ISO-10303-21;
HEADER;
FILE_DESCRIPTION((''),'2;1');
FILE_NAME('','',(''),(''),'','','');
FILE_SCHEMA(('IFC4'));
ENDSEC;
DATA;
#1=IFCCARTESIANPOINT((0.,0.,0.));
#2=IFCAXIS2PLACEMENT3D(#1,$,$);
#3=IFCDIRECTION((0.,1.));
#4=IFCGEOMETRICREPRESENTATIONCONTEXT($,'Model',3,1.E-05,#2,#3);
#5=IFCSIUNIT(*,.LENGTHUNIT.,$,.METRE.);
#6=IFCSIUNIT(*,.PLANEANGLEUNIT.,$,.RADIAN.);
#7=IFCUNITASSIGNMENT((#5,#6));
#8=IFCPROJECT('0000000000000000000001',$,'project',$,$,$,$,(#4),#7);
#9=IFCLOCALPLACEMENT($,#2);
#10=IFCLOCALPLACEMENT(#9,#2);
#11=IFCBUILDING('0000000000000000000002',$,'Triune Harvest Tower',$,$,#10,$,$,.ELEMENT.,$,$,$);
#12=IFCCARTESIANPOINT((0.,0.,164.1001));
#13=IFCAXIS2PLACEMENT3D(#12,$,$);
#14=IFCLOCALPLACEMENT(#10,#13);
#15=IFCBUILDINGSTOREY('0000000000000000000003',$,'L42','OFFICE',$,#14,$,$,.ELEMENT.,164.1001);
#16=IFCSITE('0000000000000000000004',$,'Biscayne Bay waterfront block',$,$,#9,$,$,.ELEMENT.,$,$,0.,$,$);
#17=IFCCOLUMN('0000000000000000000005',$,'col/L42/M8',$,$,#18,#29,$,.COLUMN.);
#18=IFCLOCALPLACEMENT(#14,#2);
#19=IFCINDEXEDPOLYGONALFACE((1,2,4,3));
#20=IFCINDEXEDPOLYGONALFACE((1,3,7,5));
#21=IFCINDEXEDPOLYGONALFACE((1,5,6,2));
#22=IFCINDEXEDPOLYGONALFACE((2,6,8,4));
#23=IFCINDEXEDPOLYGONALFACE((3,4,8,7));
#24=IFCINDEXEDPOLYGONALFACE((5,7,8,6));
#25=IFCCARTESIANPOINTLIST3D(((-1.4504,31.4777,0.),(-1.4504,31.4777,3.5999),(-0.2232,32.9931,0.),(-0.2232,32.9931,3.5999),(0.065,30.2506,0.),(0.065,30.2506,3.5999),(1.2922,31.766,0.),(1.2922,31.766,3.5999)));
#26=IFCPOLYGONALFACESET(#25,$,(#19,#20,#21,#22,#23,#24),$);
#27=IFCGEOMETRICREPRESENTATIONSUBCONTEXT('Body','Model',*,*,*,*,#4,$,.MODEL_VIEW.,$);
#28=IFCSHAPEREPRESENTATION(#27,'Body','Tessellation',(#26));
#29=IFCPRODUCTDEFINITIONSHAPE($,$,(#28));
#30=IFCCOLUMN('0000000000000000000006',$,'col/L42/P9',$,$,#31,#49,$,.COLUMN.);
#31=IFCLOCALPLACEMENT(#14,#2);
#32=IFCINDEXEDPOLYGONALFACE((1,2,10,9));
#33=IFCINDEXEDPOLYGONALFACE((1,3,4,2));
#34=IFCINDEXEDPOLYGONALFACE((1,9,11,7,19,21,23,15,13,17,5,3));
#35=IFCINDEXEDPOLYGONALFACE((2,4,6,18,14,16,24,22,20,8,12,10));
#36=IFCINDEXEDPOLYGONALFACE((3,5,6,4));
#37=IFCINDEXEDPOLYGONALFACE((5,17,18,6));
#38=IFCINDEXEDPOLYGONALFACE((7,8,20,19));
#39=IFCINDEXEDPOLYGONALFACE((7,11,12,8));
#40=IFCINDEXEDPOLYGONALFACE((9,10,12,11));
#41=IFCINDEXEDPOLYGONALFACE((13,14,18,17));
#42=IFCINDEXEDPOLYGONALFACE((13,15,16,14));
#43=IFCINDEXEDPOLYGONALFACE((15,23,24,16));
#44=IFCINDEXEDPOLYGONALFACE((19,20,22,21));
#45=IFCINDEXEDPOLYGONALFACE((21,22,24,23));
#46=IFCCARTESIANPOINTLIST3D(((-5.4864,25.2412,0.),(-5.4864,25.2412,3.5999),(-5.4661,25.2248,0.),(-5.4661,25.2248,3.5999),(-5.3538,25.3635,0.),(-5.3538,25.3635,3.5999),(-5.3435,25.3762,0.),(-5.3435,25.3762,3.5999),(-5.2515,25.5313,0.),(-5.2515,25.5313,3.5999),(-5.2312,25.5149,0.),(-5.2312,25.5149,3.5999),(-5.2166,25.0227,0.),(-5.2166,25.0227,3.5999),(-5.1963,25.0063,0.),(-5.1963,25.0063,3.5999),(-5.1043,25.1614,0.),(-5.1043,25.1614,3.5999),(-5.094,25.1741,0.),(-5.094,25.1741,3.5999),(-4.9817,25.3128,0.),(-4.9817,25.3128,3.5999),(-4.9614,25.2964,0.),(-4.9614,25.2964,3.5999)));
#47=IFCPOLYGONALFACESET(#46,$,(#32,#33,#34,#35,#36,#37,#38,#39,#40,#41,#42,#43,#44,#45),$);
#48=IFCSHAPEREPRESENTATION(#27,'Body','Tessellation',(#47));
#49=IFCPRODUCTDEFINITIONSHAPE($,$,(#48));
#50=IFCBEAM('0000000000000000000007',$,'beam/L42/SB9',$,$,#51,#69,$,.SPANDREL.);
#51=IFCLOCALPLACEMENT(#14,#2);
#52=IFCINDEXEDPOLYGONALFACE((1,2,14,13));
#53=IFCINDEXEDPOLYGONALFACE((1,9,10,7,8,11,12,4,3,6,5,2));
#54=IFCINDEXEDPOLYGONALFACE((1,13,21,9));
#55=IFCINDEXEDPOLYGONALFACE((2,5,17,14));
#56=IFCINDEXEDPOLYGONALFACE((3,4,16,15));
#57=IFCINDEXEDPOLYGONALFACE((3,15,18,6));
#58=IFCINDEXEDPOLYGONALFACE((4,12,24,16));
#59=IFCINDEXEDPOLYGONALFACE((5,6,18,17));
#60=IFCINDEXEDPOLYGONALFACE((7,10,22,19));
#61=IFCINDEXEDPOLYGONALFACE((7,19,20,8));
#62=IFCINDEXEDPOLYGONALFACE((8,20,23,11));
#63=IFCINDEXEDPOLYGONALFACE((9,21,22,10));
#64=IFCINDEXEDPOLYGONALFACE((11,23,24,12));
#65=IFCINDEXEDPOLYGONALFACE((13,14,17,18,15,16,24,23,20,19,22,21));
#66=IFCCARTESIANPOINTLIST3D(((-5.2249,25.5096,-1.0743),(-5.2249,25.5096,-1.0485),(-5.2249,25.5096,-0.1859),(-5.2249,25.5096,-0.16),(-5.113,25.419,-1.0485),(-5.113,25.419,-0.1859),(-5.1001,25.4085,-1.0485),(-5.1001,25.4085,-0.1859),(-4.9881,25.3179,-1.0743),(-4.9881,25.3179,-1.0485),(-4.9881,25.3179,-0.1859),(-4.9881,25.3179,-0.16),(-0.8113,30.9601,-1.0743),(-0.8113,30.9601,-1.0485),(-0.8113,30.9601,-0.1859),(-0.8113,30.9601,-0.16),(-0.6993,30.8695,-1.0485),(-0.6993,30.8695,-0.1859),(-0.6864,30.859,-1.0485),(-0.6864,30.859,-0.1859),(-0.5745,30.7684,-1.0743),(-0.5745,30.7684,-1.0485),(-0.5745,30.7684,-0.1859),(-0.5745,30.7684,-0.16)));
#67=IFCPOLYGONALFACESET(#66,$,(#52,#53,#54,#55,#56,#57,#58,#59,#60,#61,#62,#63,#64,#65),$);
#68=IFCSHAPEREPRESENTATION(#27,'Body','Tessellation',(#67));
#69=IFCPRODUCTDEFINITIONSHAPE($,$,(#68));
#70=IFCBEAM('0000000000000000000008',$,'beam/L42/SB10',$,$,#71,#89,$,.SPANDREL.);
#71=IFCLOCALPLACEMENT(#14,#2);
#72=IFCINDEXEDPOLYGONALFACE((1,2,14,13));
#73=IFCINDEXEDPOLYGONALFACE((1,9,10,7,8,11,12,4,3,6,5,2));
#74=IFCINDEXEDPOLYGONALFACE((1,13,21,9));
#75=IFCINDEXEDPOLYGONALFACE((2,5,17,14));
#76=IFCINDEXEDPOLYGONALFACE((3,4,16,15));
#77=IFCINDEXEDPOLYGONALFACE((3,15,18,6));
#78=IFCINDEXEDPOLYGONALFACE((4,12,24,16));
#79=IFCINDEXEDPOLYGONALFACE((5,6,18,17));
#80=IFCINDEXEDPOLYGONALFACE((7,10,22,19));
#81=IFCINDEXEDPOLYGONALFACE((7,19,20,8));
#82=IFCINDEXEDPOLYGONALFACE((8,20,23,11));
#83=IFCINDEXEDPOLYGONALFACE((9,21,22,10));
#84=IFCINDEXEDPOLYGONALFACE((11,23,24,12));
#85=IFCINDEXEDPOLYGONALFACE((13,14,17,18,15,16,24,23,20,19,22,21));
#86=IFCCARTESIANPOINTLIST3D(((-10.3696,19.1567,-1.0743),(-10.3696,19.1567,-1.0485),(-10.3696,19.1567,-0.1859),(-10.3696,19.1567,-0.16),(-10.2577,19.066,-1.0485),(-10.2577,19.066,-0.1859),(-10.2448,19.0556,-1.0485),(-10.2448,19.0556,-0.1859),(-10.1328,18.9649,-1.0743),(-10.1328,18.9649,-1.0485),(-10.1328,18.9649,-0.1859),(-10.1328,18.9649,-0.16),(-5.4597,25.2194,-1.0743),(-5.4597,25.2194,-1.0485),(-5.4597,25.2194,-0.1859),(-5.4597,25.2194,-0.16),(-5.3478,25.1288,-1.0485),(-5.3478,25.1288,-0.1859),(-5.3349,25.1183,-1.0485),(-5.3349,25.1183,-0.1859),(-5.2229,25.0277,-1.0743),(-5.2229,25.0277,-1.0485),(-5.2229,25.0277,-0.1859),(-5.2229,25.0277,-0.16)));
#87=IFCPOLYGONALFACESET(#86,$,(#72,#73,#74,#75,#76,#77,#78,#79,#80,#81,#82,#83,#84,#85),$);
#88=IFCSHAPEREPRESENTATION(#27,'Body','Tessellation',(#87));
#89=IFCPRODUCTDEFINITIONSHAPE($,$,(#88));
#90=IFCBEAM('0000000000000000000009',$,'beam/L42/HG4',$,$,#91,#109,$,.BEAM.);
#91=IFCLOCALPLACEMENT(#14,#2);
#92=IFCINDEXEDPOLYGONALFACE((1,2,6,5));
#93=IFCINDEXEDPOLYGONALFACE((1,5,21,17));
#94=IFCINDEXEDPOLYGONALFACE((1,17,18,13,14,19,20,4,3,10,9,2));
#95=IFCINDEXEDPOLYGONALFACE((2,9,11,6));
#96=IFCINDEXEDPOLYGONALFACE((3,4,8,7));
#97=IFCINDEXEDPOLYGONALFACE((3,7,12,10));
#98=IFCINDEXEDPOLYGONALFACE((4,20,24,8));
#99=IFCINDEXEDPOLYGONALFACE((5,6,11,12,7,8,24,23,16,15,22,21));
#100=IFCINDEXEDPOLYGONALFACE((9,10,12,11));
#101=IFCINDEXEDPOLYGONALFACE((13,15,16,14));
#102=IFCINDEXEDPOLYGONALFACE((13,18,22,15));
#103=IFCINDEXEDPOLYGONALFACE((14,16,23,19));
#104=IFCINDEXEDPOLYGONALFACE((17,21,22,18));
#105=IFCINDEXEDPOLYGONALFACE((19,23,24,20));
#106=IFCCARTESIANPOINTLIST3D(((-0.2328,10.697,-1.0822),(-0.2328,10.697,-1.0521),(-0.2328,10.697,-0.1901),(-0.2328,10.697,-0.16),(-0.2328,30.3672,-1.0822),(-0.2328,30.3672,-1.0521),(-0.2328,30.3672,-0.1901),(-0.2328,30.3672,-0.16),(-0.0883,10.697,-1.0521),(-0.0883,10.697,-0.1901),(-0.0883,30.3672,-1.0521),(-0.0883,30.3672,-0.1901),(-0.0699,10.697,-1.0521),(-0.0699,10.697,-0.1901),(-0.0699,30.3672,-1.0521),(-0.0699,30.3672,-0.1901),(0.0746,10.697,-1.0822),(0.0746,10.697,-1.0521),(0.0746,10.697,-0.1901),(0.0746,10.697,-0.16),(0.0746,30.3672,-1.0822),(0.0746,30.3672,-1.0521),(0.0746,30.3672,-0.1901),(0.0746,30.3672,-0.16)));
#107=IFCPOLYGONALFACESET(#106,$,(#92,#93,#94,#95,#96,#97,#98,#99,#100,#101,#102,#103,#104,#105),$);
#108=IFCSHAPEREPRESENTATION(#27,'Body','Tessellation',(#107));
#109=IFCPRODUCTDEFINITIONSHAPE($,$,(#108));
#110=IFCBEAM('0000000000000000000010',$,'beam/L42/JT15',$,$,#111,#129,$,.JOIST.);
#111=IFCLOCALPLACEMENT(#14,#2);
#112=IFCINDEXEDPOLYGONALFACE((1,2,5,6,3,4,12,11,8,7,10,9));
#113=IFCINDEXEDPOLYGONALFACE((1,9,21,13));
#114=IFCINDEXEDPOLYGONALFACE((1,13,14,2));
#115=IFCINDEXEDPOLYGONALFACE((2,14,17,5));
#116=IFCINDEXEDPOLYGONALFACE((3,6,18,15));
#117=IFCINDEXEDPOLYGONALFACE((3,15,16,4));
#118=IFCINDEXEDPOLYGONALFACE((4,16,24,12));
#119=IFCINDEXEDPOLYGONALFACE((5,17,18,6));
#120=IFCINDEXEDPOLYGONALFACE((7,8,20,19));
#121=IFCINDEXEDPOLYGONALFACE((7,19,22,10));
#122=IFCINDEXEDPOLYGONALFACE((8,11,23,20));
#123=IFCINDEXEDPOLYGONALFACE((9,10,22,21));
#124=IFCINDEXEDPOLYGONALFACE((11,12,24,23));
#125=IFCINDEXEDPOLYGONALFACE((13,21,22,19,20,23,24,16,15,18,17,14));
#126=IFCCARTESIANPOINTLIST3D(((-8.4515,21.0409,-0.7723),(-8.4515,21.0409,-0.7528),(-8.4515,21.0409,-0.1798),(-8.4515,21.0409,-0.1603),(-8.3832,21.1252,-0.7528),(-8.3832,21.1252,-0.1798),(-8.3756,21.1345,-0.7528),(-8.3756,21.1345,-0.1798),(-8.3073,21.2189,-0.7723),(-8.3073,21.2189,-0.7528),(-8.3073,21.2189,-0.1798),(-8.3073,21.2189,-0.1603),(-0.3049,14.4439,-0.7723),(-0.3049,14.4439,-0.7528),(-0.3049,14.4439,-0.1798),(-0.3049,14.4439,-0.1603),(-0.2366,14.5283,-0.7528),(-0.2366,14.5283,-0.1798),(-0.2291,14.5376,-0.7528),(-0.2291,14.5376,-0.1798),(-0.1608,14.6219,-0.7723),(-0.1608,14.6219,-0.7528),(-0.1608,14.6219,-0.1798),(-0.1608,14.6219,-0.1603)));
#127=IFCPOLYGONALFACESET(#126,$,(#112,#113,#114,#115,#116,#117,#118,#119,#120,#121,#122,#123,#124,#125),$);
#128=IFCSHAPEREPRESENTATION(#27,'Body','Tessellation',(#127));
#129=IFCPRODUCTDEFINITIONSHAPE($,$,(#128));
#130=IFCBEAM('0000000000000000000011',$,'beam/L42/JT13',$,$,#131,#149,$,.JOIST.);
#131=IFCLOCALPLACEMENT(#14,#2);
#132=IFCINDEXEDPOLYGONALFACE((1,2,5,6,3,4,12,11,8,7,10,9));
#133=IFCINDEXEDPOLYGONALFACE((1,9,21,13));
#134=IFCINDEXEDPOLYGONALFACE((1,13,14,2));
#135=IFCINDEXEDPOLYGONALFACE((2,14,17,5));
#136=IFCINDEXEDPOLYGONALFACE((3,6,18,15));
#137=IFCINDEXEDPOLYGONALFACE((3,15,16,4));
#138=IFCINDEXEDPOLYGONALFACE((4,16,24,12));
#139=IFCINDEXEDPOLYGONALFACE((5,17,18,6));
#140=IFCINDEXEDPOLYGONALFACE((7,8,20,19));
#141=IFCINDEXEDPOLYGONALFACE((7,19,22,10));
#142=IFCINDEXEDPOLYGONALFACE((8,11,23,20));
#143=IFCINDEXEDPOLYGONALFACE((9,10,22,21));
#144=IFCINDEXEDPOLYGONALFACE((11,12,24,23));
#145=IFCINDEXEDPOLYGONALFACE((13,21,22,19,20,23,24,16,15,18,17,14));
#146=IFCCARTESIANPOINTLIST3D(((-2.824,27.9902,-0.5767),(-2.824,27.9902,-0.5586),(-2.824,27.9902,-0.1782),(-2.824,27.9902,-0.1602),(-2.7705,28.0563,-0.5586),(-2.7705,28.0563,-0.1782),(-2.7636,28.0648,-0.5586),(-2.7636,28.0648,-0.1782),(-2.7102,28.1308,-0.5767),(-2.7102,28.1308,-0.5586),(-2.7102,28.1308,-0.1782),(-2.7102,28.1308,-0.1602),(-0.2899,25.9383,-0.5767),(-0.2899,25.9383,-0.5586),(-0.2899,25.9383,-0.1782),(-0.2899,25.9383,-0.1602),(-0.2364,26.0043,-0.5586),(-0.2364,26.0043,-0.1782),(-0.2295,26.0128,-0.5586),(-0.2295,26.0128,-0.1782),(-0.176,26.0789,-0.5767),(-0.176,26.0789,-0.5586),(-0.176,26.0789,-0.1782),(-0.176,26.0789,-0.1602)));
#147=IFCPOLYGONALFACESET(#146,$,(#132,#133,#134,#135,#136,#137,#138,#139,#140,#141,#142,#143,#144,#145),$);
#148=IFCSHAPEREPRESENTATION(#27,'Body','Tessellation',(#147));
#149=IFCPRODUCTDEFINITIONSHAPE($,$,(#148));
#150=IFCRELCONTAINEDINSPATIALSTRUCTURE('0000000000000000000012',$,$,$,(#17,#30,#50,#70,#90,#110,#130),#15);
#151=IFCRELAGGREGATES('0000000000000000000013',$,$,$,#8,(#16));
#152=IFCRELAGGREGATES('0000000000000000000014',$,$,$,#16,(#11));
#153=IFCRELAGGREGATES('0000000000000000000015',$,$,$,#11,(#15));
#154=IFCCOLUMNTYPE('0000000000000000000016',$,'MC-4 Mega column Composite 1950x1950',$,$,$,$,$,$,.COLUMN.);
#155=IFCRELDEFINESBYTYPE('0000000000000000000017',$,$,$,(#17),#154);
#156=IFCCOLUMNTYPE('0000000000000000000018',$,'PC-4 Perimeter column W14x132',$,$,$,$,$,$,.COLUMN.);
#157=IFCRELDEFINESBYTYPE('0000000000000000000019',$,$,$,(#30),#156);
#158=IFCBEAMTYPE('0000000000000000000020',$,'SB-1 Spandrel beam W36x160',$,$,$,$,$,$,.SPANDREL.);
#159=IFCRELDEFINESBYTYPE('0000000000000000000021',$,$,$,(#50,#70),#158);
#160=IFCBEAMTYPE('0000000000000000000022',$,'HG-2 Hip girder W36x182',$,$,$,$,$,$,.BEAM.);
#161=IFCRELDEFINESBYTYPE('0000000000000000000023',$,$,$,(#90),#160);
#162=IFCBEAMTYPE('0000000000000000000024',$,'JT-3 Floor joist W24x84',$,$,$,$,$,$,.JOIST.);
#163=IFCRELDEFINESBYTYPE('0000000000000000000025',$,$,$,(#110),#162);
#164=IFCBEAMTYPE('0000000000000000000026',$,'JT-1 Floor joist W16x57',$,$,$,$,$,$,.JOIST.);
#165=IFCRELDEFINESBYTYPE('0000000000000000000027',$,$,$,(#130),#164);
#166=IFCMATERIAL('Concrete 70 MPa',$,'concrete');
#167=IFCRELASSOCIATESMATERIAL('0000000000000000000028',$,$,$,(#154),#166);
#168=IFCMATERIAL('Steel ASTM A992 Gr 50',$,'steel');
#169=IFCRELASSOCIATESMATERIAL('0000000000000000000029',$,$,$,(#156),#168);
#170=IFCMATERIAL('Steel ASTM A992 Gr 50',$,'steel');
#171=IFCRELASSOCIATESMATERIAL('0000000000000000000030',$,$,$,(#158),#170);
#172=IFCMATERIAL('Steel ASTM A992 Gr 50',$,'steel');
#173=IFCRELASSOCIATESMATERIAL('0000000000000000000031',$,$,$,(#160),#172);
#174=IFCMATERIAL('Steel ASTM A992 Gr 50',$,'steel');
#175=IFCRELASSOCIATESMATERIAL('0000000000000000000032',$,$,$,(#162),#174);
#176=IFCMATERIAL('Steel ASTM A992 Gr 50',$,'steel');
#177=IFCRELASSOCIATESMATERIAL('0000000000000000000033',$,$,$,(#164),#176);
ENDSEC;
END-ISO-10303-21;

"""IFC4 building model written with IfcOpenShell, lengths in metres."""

from ifc_helpers import new_model, si_unit, direction, frame, origin, origin_2d, place, context, subcontext, project, spatial, rectangle, i_section, extrude, source, transform, mapped, material, material_profile, profile_set, type_object, element, save


model = new_model("IFC4")

# Units and contexts
model_context = context("Model", 3, precision=1e-05, world=origin(), true_north=direction((0.0, 1.0)))
body_context = subcontext(model_context, "Body", "Model", "MODEL_VIEW")
ifc_project = project(units=[si_unit("LENGTHUNIT", "METRE"), si_unit("PLANEANGLEUNIT", "RADIAN")], contexts=[model_context])

# Site, building, storey
site_placement = place(None, origin())
site = spatial("IfcSite", under=ifc_project, at=site_placement, Name="Biscayne Bay waterfront block", CompositionType="ELEMENT", RefElevation=0.0)
building_placement = place(site_placement, origin())
building = spatial("IfcBuilding", under=site, at=building_placement, Name="Triune Harvest Tower", CompositionType="ELEMENT")
storey_placement = place(building_placement, frame((0.0, 0.0, 164.1001)))
storey = spatial("IfcBuildingStorey", under=building, at=storey_placement, Name="L42", Description="OFFICE", CompositionType="ELEMENT", Elevation=164.1001)

# Columns
ifc_material_1 = material(Name="Concrete 70 MPa", Category="concrete")
ifc_material_profile_1 = material_profile(ifc_material_1, rectangle(XDim=1.95, YDim=1.95, at=origin_2d()), Name="Composite 1950x1950")
ifc_profile_set_1 = profile_set([ifc_material_profile_1], Name="Concrete 70 MPa")
column_type_1 = type_object("IfcColumnType", Name="MC-4 Mega column Composite 1950x1950", PredefinedType="COLUMN", material=ifc_profile_set_1)
shared_shape_1 = source(origin(), body_context, "Body", "SweptSolid", [
    extrude(rectangle(XDim=1.95, YDim=1.95, at=origin_2d()), origin(), (0.0, 0.0, 1.0), 3.5999),
])
column_1_placement = place(storey_placement, frame((-0.0791, 31.6218, 0.0), z_axis=(0.0, 0.0, 1.0), x_axis=(-0.629322, -0.777145, 0.0)))
element("IfcColumn", 1, at=column_1_placement, inside=storey, type_object=column_type_1, Name="col/L42/M8", PredefinedType="COLUMN", context=body_context, shape_type="MappedRepresentation", body=[
    mapped(shared_shape_1, transform((0.0, 0.0, 0.0), scale=1.0)),
])
ifc_material_2 = material(Name="Steel ASTM A992 Gr 50", Category="steel")
ifc_material_profile_2 = material_profile(ifc_material_2, i_section(OverallWidth=0.3733, OverallDepth=0.3733, WebThickness=0.0164, FlangeThickness=0.0261, at=origin_2d()), Name="W14x132")
ifc_profile_set_2 = profile_set([ifc_material_profile_2], Name="Steel ASTM A992 Gr 50")
column_type_2 = type_object("IfcColumnType", Name="PC-4 Perimeter column W14x132", PredefinedType="COLUMN", material=ifc_profile_set_2)
shared_shape_2 = source(origin(), body_context, "Body", "SweptSolid", [
    extrude(i_section(OverallWidth=0.3733, OverallDepth=0.3733, WebThickness=0.0164, FlangeThickness=0.0261, at=origin_2d()), origin(), (0.0, 0.0, 1.0), 3.5999),
])
column_2_placement = place(storey_placement, frame((-5.2239, 25.2688, 0.0), z_axis=(0.0, 0.0, 1.0), x_axis=(-0.629322, -0.777145, 0.0)))
element("IfcColumn", 2, at=column_2_placement, inside=storey, type_object=column_type_2, Name="col/L42/P9", PredefinedType="COLUMN", context=body_context, shape_type="MappedRepresentation", body=[
    mapped(shared_shape_2, transform((0.0, 0.0, 0.0), scale=1.0)),
])

# Beams
ifc_material_3 = material(Name="Steel ASTM A992 Gr 50", Category="steel")
ifc_material_profile_3 = material_profile(ifc_material_3, i_section(OverallWidth=0.3047, OverallDepth=0.9143, WebThickness=0.0166, FlangeThickness=0.0259, at=origin_2d()), Name="W36x160")
ifc_profile_set_3 = profile_set([ifc_material_profile_3], Name="Steel ASTM A992 Gr 50")
beam_type_1 = type_object("IfcBeamType", Name="SB-1 Spandrel beam W36x160", PredefinedType="SPANDREL", material=ifc_profile_set_3)
shared_shape_3 = source(origin(), body_context, "Body", "SweptSolid", [
    extrude(i_section(OverallWidth=0.3047, OverallDepth=0.9143, WebThickness=0.0166, FlangeThickness=0.0259, at=origin_2d()), origin(), (0.0, 0.0, 1.0), 7.0134),
])
beam_1_placement = place(storey_placement, frame((-0.6929, 30.8643, -0.6172), z_axis=(-0.629311, -0.777153, 0.0), x_axis=(0.777153, -0.629311, 0.0)))
element("IfcBeam", 3, at=beam_1_placement, inside=storey, type_object=beam_type_1, Name="beam/L42/SB9", PredefinedType="SPANDREL", context=body_context, shape_type="MappedRepresentation", body=[
    mapped(shared_shape_3, transform((0.0, 0.0, 0.0), scale=1.0)),
])
shared_shape_4 = source(origin(), body_context, "Body", "SweptSolid", [
    extrude(i_section(OverallWidth=0.3047, OverallDepth=0.9143, WebThickness=0.0166, FlangeThickness=0.0259, at=origin_2d()), origin(), (0.0, 0.0, 1.0), 7.8015),
])
beam_2_placement = place(storey_placement, frame((-5.3413, 25.1235, -0.6172), z_axis=(-0.629351, -0.777121, 0.0), x_axis=(0.777121, -0.629351, 0.0)))
element("IfcBeam", 4, at=beam_2_placement, inside=storey, type_object=beam_type_1, Name="beam/L42/SB10", PredefinedType="SPANDREL", context=body_context, shape_type="MappedRepresentation", body=[
    mapped(shared_shape_4, transform((0.0, 0.0, 0.0), scale=1.0)),
])
ifc_material_4 = material(Name="Steel ASTM A992 Gr 50", Category="steel")
ifc_material_profile_4 = material_profile(ifc_material_4, i_section(OverallWidth=0.3074, OverallDepth=0.9221, WebThickness=0.0183, FlangeThickness=0.03, at=origin_2d()), Name="W36x182")
ifc_profile_set_4 = profile_set([ifc_material_profile_4], Name="Steel ASTM A992 Gr 50")
beam_type_2 = type_object("IfcBeamType", Name="HG-2 Hip girder W36x182", PredefinedType="BEAM", material=ifc_profile_set_4)
shared_shape_5 = source(origin(), body_context, "Body", "SweptSolid", [
    extrude(i_section(OverallWidth=0.3074, OverallDepth=0.9221, WebThickness=0.0183, FlangeThickness=0.03, at=origin_2d()), origin(), (0.0, 0.0, 1.0), 19.6702),
])
beam_3_placement = place(storey_placement, frame((-0.0791, 30.3672, -0.6211), z_axis=(0.0, -1.0, 0.0), x_axis=(1.0, 0.0, 0.0)))
element("IfcBeam", 5, at=beam_3_placement, inside=storey, type_object=beam_type_2, Name="beam/L42/HG4", PredefinedType="BEAM", context=body_context, shape_type="MappedRepresentation", body=[
    mapped(shared_shape_5, transform((0.0, 0.0, 0.0), scale=1.0)),
])
ifc_material_5 = material(Name="Steel ASTM A992 Gr 50", Category="steel")
ifc_material_profile_5 = material_profile(ifc_material_5, i_section(OverallWidth=0.229, OverallDepth=0.6121, WebThickness=0.012, FlangeThickness=0.0195, at=origin_2d()), Name="W24x84")
ifc_profile_set_5 = profile_set([ifc_material_profile_5], Name="Steel ASTM A992 Gr 50")
beam_type_3 = type_object("IfcBeamType", Name="JT-3 Floor joist W24x84", PredefinedType="JOIST", material=ifc_profile_set_5)
shared_shape_6 = source(origin(), body_context, "Body", "SweptSolid", [
    extrude(i_section(OverallWidth=0.229, OverallDepth=0.6121, WebThickness=0.012, FlangeThickness=0.0195, at=origin_2d()), origin(), (0.0, 0.0, 1.0), 10.4827),
])
beam_4_placement = place(storey_placement, frame((-8.3794, 21.1299, -0.4663), z_axis=(0.777145, -0.629322, 0.0), x_axis=(0.629322, 0.777145, 0.0)))
element("IfcBeam", 6, at=beam_4_placement, inside=storey, type_object=beam_type_3, Name="beam/L42/JT15", PredefinedType="JOIST", context=body_context, shape_type="MappedRepresentation", body=[
    mapped(shared_shape_6, transform((0.0, 0.0, 0.0), scale=1.0)),
])
ifc_material_6 = material(Name="Steel ASTM A992 Gr 50", Category="steel")
ifc_material_profile_6 = material_profile(ifc_material_6, i_section(OverallWidth=0.1809, OverallDepth=0.4165, WebThickness=0.011, FlangeThickness=0.0181, at=origin_2d()), Name="W16x57")
ifc_profile_set_6 = profile_set([ifc_material_profile_6], Name="Steel ASTM A992 Gr 50")
beam_type_4 = type_object("IfcBeamType", Name="JT-1 Floor joist W16x57", PredefinedType="JOIST", material=ifc_profile_set_6)
shared_shape_7 = source(origin(), body_context, "Body", "SweptSolid", [
    extrude(i_section(OverallWidth=0.1809, OverallDepth=0.4165, WebThickness=0.011, FlangeThickness=0.0181, at=origin_2d()), origin(), (0.0, 0.0, 1.0), 3.2607),
])
beam_5_placement = place(storey_placement, frame((-2.7671, 28.0605, -0.3684), z_axis=(0.777166, -0.629295, 0.0), x_axis=(0.629295, 0.777166, 0.0)))
element("IfcBeam", 7, at=beam_5_placement, inside=storey, type_object=beam_type_4, Name="beam/L42/JT13", PredefinedType="JOIST", context=body_context, shape_type="MappedRepresentation", body=[
    mapped(shared_shape_7, transform((0.0, 0.0, 0.0), scale=1.0)),
])

save(model, "model.ifc")
